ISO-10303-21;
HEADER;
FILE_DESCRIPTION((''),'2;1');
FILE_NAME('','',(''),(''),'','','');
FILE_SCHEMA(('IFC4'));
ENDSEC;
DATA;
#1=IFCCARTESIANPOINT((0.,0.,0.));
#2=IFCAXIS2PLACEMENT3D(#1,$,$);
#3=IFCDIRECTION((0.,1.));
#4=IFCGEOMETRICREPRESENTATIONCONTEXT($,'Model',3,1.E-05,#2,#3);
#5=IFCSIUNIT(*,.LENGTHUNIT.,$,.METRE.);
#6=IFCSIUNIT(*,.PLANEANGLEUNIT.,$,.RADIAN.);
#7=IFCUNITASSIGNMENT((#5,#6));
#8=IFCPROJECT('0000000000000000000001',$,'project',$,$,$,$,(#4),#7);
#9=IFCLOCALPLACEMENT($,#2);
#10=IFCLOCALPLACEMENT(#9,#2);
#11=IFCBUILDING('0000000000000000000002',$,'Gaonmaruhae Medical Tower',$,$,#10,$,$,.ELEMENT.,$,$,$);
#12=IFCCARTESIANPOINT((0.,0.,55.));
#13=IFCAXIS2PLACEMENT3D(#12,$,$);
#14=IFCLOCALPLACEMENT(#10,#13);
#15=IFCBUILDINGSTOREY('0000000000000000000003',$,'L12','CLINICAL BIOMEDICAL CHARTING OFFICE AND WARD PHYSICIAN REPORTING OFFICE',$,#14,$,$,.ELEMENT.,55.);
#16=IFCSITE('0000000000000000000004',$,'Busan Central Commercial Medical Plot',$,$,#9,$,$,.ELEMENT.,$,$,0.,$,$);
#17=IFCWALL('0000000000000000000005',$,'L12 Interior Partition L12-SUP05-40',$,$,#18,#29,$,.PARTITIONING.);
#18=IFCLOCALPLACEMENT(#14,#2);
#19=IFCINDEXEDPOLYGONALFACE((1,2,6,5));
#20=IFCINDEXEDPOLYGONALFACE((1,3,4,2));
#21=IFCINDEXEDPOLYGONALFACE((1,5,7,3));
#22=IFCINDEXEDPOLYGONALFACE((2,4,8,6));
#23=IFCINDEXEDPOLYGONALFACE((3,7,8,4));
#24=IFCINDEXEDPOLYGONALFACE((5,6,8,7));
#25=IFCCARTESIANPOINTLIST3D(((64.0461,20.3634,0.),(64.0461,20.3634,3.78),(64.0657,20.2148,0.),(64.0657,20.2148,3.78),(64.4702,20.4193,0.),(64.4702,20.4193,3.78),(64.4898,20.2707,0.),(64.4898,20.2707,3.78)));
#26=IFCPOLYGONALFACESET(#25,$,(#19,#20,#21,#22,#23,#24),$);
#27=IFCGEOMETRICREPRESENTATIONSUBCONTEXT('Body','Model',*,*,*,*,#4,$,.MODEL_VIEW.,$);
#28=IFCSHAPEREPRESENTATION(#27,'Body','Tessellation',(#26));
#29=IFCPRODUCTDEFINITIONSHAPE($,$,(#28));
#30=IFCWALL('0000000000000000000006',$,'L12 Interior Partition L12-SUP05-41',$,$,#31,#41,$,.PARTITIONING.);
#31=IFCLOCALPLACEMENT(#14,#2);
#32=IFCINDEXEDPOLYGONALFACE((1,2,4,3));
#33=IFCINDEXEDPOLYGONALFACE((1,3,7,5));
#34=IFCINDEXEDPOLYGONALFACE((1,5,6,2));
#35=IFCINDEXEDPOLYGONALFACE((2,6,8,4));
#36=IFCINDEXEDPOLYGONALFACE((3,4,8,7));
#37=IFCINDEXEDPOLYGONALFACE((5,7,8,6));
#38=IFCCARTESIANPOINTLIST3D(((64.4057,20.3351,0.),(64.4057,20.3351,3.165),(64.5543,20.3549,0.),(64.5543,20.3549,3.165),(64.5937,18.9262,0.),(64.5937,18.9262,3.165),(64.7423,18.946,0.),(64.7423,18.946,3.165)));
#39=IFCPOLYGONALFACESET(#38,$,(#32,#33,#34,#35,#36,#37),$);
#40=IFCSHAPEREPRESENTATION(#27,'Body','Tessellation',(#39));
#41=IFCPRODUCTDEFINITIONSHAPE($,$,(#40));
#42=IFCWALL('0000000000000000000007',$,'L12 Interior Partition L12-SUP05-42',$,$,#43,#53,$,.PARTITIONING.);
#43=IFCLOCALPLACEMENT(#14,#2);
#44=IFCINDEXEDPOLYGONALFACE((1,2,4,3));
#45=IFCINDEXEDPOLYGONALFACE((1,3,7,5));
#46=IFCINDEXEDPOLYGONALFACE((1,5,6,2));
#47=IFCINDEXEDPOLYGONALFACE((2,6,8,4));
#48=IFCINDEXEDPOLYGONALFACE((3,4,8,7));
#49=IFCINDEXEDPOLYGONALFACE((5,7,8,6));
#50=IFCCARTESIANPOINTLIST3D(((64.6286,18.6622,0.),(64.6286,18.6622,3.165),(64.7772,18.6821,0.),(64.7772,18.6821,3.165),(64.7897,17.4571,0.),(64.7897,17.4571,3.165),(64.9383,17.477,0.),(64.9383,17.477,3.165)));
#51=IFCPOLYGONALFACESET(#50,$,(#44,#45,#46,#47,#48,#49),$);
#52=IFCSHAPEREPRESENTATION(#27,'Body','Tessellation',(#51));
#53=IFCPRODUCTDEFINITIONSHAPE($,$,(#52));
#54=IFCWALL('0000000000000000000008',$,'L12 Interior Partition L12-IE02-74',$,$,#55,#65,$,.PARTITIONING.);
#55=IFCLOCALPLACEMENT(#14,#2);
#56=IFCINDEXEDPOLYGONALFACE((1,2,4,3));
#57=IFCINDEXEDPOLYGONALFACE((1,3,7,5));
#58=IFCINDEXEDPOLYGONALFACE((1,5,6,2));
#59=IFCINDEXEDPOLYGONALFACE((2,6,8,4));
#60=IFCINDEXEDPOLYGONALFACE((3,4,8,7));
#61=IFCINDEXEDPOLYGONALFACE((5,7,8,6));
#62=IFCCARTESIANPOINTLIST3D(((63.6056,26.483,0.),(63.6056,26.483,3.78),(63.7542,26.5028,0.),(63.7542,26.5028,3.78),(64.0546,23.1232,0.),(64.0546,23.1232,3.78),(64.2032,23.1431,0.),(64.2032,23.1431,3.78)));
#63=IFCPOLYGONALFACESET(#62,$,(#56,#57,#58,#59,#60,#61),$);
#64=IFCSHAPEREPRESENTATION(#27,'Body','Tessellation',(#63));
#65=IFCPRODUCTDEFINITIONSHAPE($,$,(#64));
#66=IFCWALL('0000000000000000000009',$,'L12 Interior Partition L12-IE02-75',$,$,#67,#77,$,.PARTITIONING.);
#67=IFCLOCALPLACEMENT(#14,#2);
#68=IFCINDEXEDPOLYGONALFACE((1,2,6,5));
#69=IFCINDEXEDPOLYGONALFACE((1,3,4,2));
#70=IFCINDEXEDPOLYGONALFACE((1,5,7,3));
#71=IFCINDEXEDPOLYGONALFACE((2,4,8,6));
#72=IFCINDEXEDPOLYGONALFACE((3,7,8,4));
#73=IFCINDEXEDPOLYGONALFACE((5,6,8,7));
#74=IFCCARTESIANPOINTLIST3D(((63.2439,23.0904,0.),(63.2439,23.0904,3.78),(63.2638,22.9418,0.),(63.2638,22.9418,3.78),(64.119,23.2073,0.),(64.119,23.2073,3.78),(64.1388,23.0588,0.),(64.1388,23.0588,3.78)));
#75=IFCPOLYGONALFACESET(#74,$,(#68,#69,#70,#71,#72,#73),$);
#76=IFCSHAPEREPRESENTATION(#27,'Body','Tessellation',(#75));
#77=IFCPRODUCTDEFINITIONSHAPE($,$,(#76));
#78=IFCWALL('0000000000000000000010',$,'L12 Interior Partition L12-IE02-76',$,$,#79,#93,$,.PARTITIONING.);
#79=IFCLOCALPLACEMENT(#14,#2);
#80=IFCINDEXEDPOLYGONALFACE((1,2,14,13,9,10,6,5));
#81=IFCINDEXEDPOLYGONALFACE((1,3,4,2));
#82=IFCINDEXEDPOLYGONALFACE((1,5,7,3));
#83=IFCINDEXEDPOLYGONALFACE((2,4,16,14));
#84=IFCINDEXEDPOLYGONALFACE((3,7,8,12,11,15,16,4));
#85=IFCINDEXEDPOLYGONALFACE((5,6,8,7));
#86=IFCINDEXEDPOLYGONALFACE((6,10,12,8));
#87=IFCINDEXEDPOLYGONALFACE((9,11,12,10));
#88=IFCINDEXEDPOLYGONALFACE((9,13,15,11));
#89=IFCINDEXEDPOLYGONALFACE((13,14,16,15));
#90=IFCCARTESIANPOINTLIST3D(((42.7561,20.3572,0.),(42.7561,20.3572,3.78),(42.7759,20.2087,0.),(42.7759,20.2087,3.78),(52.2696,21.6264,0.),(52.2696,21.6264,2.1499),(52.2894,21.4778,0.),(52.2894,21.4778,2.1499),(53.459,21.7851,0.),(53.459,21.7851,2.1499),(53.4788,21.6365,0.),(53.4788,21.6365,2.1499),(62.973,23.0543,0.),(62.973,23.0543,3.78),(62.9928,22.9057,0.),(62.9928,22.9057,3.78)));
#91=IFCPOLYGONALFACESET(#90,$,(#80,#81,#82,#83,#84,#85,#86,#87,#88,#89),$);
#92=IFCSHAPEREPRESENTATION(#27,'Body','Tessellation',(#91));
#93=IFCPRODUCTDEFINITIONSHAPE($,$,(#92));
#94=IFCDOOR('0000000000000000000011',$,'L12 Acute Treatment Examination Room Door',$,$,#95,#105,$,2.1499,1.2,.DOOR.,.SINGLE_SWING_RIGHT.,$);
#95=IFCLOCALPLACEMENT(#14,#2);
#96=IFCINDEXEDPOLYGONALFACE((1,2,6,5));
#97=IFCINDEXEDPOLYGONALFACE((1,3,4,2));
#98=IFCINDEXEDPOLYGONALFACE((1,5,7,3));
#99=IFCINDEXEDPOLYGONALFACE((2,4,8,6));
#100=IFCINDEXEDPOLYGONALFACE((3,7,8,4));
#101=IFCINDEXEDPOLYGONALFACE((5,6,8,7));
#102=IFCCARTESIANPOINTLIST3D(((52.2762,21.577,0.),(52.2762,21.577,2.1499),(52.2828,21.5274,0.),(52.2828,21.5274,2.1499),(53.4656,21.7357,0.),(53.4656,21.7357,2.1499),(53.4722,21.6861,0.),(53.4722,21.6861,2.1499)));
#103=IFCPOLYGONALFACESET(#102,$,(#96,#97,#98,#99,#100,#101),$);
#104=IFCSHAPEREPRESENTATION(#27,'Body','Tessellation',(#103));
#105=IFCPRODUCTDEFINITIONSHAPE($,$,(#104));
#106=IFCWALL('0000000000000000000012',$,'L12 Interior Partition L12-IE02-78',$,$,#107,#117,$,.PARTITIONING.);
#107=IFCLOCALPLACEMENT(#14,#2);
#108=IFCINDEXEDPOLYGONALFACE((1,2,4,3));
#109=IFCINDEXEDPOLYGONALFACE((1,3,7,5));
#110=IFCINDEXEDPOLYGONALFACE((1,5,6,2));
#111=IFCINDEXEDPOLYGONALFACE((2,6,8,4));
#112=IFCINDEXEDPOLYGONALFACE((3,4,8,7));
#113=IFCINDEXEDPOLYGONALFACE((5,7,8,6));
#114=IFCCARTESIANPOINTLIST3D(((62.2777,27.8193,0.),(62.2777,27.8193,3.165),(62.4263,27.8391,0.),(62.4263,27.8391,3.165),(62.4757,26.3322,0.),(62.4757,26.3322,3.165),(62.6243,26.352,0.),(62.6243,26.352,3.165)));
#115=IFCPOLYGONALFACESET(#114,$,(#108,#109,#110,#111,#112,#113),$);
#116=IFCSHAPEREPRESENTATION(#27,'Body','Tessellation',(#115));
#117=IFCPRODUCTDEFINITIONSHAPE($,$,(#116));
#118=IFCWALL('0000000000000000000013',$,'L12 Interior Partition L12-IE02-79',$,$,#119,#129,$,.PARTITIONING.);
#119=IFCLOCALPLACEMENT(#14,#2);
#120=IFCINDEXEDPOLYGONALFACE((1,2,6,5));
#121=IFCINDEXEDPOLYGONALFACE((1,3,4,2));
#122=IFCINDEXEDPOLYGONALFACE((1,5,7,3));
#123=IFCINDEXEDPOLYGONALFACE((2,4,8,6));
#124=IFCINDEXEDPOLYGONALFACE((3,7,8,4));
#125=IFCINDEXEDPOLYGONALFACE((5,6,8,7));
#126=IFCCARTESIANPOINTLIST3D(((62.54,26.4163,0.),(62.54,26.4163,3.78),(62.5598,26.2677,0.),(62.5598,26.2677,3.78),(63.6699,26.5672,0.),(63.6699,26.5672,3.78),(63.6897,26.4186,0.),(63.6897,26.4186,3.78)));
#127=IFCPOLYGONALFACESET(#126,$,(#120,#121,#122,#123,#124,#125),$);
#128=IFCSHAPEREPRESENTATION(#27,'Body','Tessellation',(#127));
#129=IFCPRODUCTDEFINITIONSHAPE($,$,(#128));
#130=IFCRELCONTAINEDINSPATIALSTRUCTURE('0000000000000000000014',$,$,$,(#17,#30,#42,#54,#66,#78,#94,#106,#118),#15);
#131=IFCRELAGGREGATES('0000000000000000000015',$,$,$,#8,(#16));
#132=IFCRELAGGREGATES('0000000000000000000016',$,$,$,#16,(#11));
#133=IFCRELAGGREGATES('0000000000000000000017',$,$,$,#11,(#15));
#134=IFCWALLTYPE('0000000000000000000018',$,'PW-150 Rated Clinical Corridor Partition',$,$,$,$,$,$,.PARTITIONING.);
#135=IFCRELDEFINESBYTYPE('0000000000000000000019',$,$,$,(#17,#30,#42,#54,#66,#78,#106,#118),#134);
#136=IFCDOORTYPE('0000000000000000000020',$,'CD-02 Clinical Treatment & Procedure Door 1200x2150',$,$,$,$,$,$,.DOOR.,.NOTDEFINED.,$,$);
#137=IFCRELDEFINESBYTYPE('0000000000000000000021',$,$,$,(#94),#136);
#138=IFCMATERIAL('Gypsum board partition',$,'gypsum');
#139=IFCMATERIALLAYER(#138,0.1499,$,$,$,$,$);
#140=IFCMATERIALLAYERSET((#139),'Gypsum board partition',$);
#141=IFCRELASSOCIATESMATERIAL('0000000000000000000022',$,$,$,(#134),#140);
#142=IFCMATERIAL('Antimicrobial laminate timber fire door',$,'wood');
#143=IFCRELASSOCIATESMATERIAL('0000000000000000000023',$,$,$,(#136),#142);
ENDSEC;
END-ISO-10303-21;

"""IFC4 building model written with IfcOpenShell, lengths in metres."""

from ifc_helpers import new_model, si_unit, direction, frame, frame_2d, origin, place, context, subcontext, project, spatial, rectangle, extrude, material, layer, layer_set, type_object, element, fill, save


model = new_model("IFC4")

# Units and contexts
model_context = context("Model", 3, precision=1e-05, world=origin(), true_north=direction((0.0, 1.0)))
body_context = subcontext(model_context, "Body", "Model", "MODEL_VIEW")
ifc_project = project(units=[si_unit("LENGTHUNIT", "METRE"), si_unit("PLANEANGLEUNIT", "RADIAN")], contexts=[model_context])

# Site, building, storey
site_placement = place(None, origin())
site = spatial("IfcSite", under=ifc_project, at=site_placement, Name="Busan Central Commercial Medical Plot", CompositionType="ELEMENT", RefElevation=0.0)
building_placement = place(site_placement, origin())
building = spatial("IfcBuilding", under=site, at=building_placement, Name="Gaonmaruhae Medical Tower", CompositionType="ELEMENT")
storey_placement = place(building_placement, frame((0.0, 0.0, 55.0)))
storey = spatial("IfcBuildingStorey", under=building, at=storey_placement, Name="L12", Description="CLINICAL BIOMEDICAL CHARTING OFFICE AND WARD PHYSICIAN REPORTING OFFICE", CompositionType="ELEMENT", Elevation=55.0)

# Walls
ifc_material_1 = material(Name="Gypsum board partition", Category="gypsum")
ifc_layer_1 = layer(ifc_material_1, 0.1499)
ifc_layer_set_1 = layer_set([ifc_layer_1], Name="Gypsum board partition")
wall_type_1 = type_object("IfcWallType", Name="PW-150 Rated Clinical Corridor Partition", PredefinedType="PARTITIONING", material=ifc_layer_set_1)
wall_1_placement = place(storey_placement, frame((64.0559, 20.2891, 0.0), z_axis=(0.0, 0.0, 1.0), x_axis=(0.991421, 0.130706, 0.0)))
element("IfcWall", 1, at=wall_1_placement, inside=storey, type_object=wall_type_1, Name="L12 Interior Partition L12-SUP05-40", PredefinedType="PARTITIONING", context=body_context, shape_type="SweptSolid", body=[
    extrude(rectangle(XDim=0.4277, YDim=0.1499, at=frame_2d((0.2139, 0.0))), origin(), (0.0, 0.0, 1.0), 3.78),
])
wall_2_placement = place(storey_placement, frame((64.48, 20.345, 0.0), z_axis=(0.0, 0.0, 1.0), x_axis=(0.132254, -0.991216, 0.0)))
element("IfcWall", 2, at=wall_2_placement, inside=storey, type_object=wall_type_1, Name="L12 Interior Partition L12-SUP05-41", PredefinedType="PARTITIONING", context=body_context, shape_type="SweptSolid", body=[
    extrude(rectangle(XDim=1.4214, YDim=0.1499, at=frame_2d((0.7107, 0.0))), origin(), (0.0, 0.0, 1.0), 3.165),
])
wall_3_placement = place(storey_placement, frame((64.7029, 18.6721, 0.0), z_axis=(0.0, 0.0, 1.0), x_axis=(0.132532, -0.991179, 0.0)))
element("IfcWall", 3, at=wall_3_placement, inside=storey, type_object=wall_type_1, Name="L12 Interior Partition L12-SUP05-42", PredefinedType="PARTITIONING", context=body_context, shape_type="SweptSolid", body=[
    extrude(rectangle(XDim=1.2158, YDim=0.1499, at=frame_2d((0.6079, 0.0))), origin(), (0.0, 0.0, 1.0), 3.165),
])
wall_4_placement = place(storey_placement, frame((63.6799, 26.4929, 0.0), z_axis=(0.0, 0.0, 1.0), x_axis=(0.132451, -0.991189, 0.0)))
element("IfcWall", 4, at=wall_4_placement, inside=storey, type_object=wall_type_1, Name="L12 Interior Partition L12-IE02-74", PredefinedType="PARTITIONING", context=body_context, shape_type="SweptSolid", body=[
    extrude(rectangle(XDim=3.3896, YDim=0.1499, at=frame_2d((1.6948, 0.0))), origin(), (0.0, 0.0, 1.0), 3.78),
])
wall_5_placement = place(storey_placement, frame((64.1289, 23.1331, 0.0), z_axis=(0.0, 0.0, 1.0), x_axis=(-0.991187, -0.132472, 0.0)))
element("IfcWall", 5, at=wall_5_placement, inside=storey, type_object=wall_type_1, Name="L12 Interior Partition L12-IE02-75", PredefinedType="PARTITIONING", context=body_context, shape_type="SweptSolid", body=[
    extrude(rectangle(XDim=0.8828, YDim=0.1499, at=frame_2d((0.4414, 0.0))), origin(), (0.0, 0.0, 1.0), 3.78),
])

# Wall, opening, door
wall_6_placement = place(storey_placement, frame((62.9829, 22.98, 0.0), z_axis=(0.0, 0.0, 1.0), x_axis=(-0.991219, -0.132234, 0.0)))
wall_6 = element("IfcWall", 6, at=wall_6_placement, inside=storey, type_object=wall_type_1, Name="L12 Interior Partition L12-IE02-76", PredefinedType="PARTITIONING", context=body_context, shape_type="SweptSolid", body=[
    extrude(rectangle(XDim=20.396, YDim=0.1499, at=frame_2d((10.198, 0.0))), origin(), (0.0, 0.0, 1.0), 3.78),
])
opening_placement = place(wall_6_placement, frame((9.5981, 0.0, 0.0)))
opening = element("IfcOpeningElement", 7, at=opening_placement, cuts=wall_6, PredefinedType="OPENING", context=body_context, shape_type="SweptSolid", body=[
    extrude(rectangle(XDim=1.2, YDim=2.1499, at=frame_2d((0.6001, 1.075))), frame((0.0, 0.085, 0.0), z_axis=(0.0, -1.0, 0.0), x_axis=(1.0, 0.0, 0.0)), (0.0, 0.0, 1.0), 0.1699),
])
ifc_material_2 = material(Name="Antimicrobial laminate timber fire door", Category="wood")
door_type = type_object("IfcDoorType", Name="CD-02 Clinical Treatment & Procedure Door 1200x2150", OperationType="NOTDEFINED", PredefinedType="DOOR", material=ifc_material_2)
door_placement = place(opening_placement, origin())
door = element("IfcDoor", 8, at=door_placement, inside=storey, type_object=door_type, Name="L12 Acute Treatment Examination Room Door", OperationType="SINGLE_SWING_RIGHT", OverallHeight=2.1499, OverallWidth=1.2, PredefinedType="DOOR", context=body_context, shape_type="SweptSolid", body=[
    extrude(rectangle(XDim=1.2, YDim=2.1499, at=frame_2d((0.6001, 1.075))), frame((0.0, 0.0249, 0.0), z_axis=(0.0, -1.0, 0.0), x_axis=(1.0, 0.0, 0.0)), (0.0, 0.0, 1.0), 0.05),
])
fill(opening, door)

# Walls
wall_7_placement = place(storey_placement, frame((62.3521, 27.8291, 0.0), z_axis=(0.0, 0.0, 1.0), x_axis=(0.131983, -0.991252, 0.0)))
element("IfcWall", 9, at=wall_7_placement, inside=storey, type_object=wall_type_1, Name="L12 Interior Partition L12-IE02-78", PredefinedType="PARTITIONING", context=body_context, shape_type="SweptSolid", body=[
    extrude(rectangle(XDim=1.5002, YDim=0.1499, at=frame_2d((0.75, 0.0))), origin(), (0.0, 0.0, 1.0), 3.165),
])
wall_8_placement = place(storey_placement, frame((62.55, 26.342, 0.0), z_axis=(0.0, 0.0, 1.0), x_axis=(0.991202, 0.13236, 0.0)))
element("IfcWall", 10, at=wall_8_placement, inside=storey, type_object=wall_type_1, Name="L12 Interior Partition L12-IE02-79", PredefinedType="PARTITIONING", context=body_context, shape_type="SweptSolid", body=[
    extrude(rectangle(XDim=1.1399, YDim=0.1499, at=frame_2d((0.5698, 0.0))), origin(), (0.0, 0.0, 1.0), 3.78),
])

save(model, "model.ifc")
